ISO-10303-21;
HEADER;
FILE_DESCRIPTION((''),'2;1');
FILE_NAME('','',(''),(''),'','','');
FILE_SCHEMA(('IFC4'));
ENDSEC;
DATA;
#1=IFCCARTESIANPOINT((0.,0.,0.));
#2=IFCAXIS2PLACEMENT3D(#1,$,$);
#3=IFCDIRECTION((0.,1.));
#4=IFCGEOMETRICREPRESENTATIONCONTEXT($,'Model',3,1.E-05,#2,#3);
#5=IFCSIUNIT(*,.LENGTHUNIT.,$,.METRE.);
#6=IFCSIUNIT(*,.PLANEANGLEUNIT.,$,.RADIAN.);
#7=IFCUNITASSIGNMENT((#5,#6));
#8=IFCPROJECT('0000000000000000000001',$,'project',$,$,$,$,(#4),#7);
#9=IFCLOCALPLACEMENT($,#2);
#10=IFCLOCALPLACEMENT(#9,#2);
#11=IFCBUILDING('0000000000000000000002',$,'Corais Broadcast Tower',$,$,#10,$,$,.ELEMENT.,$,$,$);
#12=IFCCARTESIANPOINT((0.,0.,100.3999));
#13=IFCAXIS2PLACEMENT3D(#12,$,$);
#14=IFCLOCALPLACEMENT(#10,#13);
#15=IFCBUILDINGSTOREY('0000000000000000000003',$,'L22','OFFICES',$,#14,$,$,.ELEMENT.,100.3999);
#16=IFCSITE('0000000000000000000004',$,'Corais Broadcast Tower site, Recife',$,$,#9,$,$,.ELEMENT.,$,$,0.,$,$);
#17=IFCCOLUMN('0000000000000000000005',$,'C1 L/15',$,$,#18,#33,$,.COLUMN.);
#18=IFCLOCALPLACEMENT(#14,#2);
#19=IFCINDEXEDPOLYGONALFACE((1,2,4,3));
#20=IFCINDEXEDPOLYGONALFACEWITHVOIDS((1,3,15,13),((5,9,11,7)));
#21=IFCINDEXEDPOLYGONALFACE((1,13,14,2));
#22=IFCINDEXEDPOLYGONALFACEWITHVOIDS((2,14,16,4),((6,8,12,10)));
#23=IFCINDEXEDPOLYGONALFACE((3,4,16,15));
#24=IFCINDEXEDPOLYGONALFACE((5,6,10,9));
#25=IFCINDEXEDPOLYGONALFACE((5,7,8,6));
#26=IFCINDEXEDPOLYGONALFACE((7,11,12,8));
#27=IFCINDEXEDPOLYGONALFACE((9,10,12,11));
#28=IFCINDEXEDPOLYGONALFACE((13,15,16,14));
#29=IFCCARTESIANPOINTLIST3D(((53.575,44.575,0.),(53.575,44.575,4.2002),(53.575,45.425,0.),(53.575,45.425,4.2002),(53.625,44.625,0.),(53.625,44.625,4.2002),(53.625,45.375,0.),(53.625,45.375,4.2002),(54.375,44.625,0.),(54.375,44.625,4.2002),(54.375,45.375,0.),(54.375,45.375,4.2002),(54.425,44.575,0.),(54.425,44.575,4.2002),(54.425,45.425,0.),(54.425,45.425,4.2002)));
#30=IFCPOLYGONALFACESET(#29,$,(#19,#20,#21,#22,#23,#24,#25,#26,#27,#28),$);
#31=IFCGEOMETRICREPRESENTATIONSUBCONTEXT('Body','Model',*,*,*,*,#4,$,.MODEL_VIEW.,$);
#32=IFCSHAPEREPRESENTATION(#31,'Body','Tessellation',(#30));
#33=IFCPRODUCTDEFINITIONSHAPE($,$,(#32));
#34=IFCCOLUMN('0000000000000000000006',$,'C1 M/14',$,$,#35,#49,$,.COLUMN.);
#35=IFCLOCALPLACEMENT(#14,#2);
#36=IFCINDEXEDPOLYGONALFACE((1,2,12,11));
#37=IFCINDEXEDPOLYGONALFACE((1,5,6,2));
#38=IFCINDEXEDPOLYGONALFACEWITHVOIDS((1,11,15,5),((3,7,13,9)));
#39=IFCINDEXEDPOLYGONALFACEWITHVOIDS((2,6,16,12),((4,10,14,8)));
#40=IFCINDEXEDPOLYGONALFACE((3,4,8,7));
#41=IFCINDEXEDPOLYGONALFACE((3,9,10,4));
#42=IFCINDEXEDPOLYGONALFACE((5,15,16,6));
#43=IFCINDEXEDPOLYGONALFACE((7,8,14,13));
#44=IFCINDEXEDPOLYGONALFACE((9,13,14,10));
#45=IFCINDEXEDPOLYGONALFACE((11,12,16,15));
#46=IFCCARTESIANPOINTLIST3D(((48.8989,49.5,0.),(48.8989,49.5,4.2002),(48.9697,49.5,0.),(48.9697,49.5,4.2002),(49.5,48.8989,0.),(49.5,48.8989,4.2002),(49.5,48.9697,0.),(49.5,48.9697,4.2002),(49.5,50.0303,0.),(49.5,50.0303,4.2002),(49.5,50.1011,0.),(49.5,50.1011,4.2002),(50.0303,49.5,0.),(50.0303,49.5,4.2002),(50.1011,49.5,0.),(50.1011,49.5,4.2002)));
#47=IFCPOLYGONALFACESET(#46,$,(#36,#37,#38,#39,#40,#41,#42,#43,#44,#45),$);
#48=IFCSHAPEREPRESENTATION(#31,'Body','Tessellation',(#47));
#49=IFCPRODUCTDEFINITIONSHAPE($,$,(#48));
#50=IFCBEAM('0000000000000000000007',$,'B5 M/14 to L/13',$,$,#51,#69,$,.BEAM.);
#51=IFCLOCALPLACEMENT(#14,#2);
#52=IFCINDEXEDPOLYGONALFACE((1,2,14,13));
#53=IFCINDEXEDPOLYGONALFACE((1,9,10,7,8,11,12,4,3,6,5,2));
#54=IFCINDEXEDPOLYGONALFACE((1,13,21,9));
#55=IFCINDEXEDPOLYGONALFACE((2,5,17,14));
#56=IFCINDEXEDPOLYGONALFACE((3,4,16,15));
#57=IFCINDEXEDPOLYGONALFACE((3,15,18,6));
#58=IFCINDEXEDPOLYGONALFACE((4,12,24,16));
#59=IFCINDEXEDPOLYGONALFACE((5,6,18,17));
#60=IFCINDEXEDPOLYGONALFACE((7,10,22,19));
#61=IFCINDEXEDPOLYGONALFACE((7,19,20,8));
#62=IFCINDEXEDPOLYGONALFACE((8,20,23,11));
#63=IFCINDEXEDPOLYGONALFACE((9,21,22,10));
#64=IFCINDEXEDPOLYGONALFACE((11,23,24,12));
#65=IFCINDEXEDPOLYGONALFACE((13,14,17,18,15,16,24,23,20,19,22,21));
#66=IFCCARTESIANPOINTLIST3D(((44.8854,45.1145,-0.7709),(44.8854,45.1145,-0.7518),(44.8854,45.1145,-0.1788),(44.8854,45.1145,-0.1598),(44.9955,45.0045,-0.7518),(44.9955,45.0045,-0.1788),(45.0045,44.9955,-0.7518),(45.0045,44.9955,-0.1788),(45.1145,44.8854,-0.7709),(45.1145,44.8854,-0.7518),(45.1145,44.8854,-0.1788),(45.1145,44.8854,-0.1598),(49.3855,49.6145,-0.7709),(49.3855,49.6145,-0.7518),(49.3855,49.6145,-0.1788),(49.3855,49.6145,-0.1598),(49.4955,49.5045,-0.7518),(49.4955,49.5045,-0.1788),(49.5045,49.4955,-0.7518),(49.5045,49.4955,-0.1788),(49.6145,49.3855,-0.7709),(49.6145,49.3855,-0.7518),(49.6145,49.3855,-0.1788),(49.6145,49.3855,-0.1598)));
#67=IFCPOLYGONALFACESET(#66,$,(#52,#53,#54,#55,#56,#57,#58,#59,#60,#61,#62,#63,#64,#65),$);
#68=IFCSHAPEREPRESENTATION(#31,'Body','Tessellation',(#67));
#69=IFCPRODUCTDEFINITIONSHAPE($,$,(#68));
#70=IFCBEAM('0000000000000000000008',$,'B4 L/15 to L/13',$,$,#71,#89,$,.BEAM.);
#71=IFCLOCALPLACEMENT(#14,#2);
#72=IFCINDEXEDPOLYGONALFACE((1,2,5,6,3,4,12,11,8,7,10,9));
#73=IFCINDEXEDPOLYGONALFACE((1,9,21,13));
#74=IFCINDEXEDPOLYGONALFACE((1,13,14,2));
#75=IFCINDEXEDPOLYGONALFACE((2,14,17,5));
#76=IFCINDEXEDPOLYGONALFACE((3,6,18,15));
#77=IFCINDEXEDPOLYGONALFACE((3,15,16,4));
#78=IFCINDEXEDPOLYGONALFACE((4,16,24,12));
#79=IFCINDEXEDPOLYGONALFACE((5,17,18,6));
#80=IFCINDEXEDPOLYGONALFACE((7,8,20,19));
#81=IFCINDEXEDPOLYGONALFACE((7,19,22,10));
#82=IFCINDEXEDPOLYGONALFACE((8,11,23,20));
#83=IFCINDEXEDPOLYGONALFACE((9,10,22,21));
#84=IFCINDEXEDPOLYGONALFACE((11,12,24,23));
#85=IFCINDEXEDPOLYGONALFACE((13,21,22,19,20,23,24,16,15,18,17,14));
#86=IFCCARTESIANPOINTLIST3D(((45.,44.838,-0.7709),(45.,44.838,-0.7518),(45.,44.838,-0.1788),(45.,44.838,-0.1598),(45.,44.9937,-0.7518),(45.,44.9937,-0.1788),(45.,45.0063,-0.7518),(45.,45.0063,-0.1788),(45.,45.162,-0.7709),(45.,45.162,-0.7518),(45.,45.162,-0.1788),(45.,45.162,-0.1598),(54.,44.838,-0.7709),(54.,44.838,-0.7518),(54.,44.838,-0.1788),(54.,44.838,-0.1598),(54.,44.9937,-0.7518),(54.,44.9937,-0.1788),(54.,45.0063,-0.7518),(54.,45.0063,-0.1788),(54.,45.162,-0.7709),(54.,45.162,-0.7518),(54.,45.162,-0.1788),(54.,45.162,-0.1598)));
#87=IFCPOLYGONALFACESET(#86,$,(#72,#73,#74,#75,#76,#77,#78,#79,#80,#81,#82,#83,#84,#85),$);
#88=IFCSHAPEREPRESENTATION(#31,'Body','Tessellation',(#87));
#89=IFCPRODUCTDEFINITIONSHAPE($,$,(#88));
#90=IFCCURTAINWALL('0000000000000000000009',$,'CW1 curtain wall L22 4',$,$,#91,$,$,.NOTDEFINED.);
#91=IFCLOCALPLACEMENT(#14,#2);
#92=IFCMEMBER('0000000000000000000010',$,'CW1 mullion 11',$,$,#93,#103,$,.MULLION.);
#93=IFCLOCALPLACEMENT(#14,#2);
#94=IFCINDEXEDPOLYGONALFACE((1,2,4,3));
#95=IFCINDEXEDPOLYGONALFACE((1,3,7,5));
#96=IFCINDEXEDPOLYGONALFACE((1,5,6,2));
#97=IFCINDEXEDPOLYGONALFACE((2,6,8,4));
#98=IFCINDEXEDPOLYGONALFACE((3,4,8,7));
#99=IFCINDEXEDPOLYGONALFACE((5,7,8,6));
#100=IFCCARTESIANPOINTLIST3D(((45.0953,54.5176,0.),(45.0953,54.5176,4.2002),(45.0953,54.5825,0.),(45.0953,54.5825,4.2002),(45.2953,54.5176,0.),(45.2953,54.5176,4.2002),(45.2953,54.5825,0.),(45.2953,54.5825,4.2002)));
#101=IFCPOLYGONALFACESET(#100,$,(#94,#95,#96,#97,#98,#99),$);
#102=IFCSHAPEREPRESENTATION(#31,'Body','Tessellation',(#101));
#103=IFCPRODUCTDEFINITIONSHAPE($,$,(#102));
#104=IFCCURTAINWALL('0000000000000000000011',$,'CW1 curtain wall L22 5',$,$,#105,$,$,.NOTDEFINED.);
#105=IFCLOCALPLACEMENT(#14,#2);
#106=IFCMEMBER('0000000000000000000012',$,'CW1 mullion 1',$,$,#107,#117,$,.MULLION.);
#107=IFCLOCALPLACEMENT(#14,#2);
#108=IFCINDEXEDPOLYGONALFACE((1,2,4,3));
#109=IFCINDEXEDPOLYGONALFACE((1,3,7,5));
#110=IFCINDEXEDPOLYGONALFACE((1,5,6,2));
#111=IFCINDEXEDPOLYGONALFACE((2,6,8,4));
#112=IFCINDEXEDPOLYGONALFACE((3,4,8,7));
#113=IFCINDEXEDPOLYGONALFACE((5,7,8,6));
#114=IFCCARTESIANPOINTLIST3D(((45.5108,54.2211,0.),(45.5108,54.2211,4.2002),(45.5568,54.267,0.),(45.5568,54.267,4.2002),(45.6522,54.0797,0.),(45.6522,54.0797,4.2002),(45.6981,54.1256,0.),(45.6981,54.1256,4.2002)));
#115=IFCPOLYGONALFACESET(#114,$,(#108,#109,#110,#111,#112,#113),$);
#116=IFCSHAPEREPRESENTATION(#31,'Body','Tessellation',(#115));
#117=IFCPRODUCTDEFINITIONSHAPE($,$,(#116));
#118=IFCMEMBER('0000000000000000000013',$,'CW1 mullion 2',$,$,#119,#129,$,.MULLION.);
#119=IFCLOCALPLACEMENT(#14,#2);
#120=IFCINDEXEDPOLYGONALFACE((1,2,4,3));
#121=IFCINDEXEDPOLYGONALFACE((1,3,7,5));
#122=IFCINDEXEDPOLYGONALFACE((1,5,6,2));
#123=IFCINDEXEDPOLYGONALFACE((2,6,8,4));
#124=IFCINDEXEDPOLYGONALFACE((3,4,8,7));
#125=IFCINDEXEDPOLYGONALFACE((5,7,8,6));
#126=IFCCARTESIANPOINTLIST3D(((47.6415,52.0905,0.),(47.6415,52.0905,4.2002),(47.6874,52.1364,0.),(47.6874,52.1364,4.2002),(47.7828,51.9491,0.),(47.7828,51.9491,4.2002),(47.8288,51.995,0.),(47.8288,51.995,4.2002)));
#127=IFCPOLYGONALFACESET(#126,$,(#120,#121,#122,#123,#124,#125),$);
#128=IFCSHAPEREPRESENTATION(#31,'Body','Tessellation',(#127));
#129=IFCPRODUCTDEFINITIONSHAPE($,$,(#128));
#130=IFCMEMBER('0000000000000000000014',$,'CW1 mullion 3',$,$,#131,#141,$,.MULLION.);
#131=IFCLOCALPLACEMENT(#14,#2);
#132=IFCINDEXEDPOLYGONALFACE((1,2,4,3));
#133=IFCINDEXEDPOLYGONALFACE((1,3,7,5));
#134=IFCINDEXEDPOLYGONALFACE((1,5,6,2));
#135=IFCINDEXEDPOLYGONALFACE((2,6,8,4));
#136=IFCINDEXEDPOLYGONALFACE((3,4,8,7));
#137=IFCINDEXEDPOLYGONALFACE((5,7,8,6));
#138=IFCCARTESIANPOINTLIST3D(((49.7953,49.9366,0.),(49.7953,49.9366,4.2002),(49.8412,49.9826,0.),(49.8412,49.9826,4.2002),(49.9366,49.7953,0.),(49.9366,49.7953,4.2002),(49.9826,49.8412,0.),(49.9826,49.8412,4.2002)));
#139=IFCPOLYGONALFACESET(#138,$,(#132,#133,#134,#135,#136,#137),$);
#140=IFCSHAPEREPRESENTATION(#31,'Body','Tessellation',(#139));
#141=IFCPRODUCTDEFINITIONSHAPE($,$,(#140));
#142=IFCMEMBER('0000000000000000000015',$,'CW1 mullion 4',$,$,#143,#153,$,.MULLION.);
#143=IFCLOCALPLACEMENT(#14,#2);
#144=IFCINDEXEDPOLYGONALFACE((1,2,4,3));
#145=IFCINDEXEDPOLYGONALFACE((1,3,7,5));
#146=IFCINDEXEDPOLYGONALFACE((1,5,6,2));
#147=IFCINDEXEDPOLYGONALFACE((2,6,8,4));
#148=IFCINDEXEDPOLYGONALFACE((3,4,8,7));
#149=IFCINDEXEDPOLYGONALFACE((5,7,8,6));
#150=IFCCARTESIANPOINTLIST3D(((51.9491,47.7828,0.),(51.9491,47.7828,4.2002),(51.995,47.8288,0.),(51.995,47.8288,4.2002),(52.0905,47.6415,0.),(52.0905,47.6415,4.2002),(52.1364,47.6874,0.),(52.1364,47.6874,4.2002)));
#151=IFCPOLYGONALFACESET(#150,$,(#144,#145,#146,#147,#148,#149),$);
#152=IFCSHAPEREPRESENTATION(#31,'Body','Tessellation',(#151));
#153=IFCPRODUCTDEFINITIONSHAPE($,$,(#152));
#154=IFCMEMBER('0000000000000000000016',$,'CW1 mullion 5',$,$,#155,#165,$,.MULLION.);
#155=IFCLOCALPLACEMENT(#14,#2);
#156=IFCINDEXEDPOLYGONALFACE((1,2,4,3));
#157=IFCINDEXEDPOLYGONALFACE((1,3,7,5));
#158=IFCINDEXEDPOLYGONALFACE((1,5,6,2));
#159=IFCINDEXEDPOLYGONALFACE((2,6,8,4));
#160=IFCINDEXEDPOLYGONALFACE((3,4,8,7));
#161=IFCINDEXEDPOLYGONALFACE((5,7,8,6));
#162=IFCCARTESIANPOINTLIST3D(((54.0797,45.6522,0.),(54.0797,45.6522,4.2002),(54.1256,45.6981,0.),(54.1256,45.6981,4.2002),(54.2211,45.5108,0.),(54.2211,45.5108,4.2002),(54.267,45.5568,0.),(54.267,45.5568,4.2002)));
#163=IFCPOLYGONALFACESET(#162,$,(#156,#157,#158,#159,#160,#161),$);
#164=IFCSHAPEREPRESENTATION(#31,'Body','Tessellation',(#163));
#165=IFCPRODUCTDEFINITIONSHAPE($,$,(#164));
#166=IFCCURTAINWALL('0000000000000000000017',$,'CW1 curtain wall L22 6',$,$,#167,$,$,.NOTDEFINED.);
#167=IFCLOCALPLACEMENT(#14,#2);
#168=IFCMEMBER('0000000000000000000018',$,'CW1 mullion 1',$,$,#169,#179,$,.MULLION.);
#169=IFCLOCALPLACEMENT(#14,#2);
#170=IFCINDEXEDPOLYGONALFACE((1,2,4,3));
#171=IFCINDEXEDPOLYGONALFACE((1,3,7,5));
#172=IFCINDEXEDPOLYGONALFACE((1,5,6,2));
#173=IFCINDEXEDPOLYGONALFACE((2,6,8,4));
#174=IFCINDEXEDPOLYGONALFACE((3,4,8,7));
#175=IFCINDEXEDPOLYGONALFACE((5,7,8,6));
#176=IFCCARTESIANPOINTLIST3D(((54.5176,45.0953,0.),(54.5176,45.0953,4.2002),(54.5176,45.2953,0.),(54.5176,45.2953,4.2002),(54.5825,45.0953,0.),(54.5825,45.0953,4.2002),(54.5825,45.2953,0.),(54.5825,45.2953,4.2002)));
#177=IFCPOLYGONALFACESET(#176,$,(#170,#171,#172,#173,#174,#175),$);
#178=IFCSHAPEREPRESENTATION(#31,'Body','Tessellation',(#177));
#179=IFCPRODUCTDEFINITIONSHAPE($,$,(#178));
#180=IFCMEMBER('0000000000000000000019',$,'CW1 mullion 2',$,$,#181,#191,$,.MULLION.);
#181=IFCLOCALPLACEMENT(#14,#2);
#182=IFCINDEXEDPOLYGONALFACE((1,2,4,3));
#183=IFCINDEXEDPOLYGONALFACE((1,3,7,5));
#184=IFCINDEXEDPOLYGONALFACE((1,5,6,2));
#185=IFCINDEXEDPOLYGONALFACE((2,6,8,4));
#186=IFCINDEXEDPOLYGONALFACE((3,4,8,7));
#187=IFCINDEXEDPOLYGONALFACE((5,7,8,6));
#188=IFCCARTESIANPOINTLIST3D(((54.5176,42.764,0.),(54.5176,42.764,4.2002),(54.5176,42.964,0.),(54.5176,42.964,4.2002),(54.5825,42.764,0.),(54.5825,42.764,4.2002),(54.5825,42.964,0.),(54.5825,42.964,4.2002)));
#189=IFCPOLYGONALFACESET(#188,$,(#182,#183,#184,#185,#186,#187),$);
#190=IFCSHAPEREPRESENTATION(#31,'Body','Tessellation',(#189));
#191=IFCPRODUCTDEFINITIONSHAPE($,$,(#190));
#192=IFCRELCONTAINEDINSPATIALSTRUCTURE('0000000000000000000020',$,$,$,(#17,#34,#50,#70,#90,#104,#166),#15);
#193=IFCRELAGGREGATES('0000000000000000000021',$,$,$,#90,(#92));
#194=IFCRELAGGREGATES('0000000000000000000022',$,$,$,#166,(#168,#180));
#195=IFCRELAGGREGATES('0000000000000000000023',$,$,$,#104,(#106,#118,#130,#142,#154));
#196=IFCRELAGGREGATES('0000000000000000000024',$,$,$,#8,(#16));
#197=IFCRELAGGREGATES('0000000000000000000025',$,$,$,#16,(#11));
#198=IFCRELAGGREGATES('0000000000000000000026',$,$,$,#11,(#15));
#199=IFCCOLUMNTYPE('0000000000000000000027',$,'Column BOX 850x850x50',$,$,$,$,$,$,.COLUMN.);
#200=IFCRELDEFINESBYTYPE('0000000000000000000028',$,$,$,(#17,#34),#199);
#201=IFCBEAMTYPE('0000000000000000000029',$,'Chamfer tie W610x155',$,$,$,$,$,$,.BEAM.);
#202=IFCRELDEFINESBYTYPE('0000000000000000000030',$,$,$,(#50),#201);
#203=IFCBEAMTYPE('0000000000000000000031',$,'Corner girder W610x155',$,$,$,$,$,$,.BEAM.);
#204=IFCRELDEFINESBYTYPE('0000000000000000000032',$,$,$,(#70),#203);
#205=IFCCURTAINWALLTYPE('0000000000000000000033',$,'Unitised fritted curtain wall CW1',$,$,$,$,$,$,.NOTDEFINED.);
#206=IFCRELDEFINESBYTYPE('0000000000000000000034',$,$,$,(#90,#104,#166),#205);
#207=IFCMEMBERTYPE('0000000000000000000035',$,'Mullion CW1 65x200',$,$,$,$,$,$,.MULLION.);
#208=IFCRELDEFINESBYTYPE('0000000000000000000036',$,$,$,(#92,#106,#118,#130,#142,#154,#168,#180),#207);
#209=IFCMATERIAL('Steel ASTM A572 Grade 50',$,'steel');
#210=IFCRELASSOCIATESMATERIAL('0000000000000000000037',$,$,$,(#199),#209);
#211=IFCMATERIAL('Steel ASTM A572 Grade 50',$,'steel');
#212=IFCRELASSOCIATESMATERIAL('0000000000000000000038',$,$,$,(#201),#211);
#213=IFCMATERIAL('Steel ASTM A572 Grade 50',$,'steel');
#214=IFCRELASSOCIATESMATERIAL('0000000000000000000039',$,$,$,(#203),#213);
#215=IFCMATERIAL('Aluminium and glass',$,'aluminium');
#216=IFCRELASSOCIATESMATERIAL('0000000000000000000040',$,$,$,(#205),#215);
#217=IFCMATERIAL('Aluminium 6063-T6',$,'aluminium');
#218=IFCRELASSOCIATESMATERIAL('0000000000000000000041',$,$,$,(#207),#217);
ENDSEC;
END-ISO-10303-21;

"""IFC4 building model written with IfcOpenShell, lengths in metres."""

from ifc_helpers import new_model, si_unit, direction, frame, origin, origin_2d, place, context, subcontext, project, spatial, rectangle, hollow_rectangle, i_section, extrude, material, material_profile, profile_set, type_object, element, aggregate, save


model = new_model("IFC4")

# Units and contexts
model_context = context("Model", 3, precision=1e-05, world=origin(), true_north=direction((0.0, 1.0)))
body_context = subcontext(model_context, "Body", "Model", "MODEL_VIEW")
ifc_project = project(units=[si_unit("LENGTHUNIT", "METRE"), si_unit("PLANEANGLEUNIT", "RADIAN")], contexts=[model_context])

# Site, building, storey
site_placement = place(None, origin())
site = spatial("IfcSite", under=ifc_project, at=site_placement, Name="Corais Broadcast Tower site, Recife", CompositionType="ELEMENT", RefElevation=0.0)
building_placement = place(site_placement, origin())
building = spatial("IfcBuilding", under=site, at=building_placement, Name="Corais Broadcast Tower", CompositionType="ELEMENT")
storey_placement = place(building_placement, frame((0.0, 0.0, 100.3999)))
storey = spatial("IfcBuildingStorey", under=building, at=storey_placement, Name="L22", Description="OFFICES", CompositionType="ELEMENT", Elevation=100.3999)

# Columns
ifc_material_1 = material(Name="Steel ASTM A572 Grade 50", Category="steel")
ifc_material_profile_1 = material_profile(ifc_material_1, hollow_rectangle(XDim=0.8501, YDim=0.8501, WallThickness=0.05, at=origin_2d()), Name="BOX 850x850x50")
ifc_profile_set_1 = profile_set([ifc_material_profile_1], Name="Steel ASTM A572 Grade 50")
column_type = type_object("IfcColumnType", Name="Column BOX 850x850x50", PredefinedType="COLUMN", material=ifc_profile_set_1)
for number, where, z_axis, x_axis, name in (
    (1, (54.0, 45.0, 0.0), (0.0, 0.0, 1.0), (1.0, 0.0, 0.0), "C1 L/15"),
    (2, (49.5, 49.5, 0.0), (0.0, 0.0, 1.0), (0.707107, 0.707107, 0.0), "C1 M/14"),
):
    element("IfcColumn", number, at=place(storey_placement, frame(where, z_axis=z_axis, x_axis=x_axis)), inside=storey, type_object=column_type, Name=name, PredefinedType="COLUMN", context=body_context, shape_type="SweptSolid", body=[
        extrude(hollow_rectangle(XDim=0.8501, YDim=0.8501, WallThickness=0.05, at=origin_2d()), origin(), (0.0, 0.0, 1.0), 4.2002),
    ])

# Beams
ifc_material_2 = material(Name="Steel ASTM A572 Grade 50", Category="steel")
ifc_material_profile_2 = material_profile(ifc_material_2, i_section(OverallWidth=0.324, OverallDepth=0.6111, WebThickness=0.0127, FlangeThickness=0.019, at=origin_2d()), Name="W610x155")
ifc_profile_set_2 = profile_set([ifc_material_profile_2], Name="Steel ASTM A572 Grade 50")
beam_type_1 = type_object("IfcBeamType", Name="Chamfer tie W610x155", PredefinedType="BEAM", material=ifc_profile_set_2)
beam_1_placement = place(storey_placement, frame((49.5, 49.5, -0.4653), z_axis=(-0.707107, -0.707107, 0.0), x_axis=(0.707107, -0.707107, 0.0)))
element("IfcBeam", 3, at=beam_1_placement, inside=storey, type_object=beam_type_1, Name="B5 M/14 to L/13", PredefinedType="BEAM", context=body_context, shape_type="SweptSolid", body=[
    extrude(i_section(OverallWidth=0.324, OverallDepth=0.6111, WebThickness=0.0127, FlangeThickness=0.019, at=origin_2d()), origin(), (0.0, 0.0, 1.0), 6.364),
])
ifc_material_3 = material(Name="Steel ASTM A572 Grade 50", Category="steel")
ifc_material_profile_3 = material_profile(ifc_material_3, i_section(OverallWidth=0.324, OverallDepth=0.6111, WebThickness=0.0127, FlangeThickness=0.019, at=origin_2d()), Name="W610x155")
ifc_profile_set_3 = profile_set([ifc_material_profile_3], Name="Steel ASTM A572 Grade 50")
beam_type_2 = type_object("IfcBeamType", Name="Corner girder W610x155", PredefinedType="BEAM", material=ifc_profile_set_3)
beam_2_placement = place(storey_placement, frame((54.0, 45.0, -0.4653), z_axis=(-1.0, 0.0, 0.0), x_axis=(0.0, -1.0, 0.0)))
element("IfcBeam", 4, at=beam_2_placement, inside=storey, type_object=beam_type_2, Name="B4 L/15 to L/13", PredefinedType="BEAM", context=body_context, shape_type="SweptSolid", body=[
    extrude(i_section(OverallWidth=0.324, OverallDepth=0.6111, WebThickness=0.0127, FlangeThickness=0.019, at=origin_2d()), origin(), (0.0, 0.0, 1.0), 9.0),
])

# Curtain wall, member
ifc_material_4 = material(Name="Aluminium and glass", Category="aluminium")
curtain_wall_type = type_object("IfcCurtainWallType", Name="Unitised fritted curtain wall CW1", PredefinedType="NOTDEFINED", material=ifc_material_4)
curtain_wall_1_placement = place(storey_placement, origin())
curtain_wall_1 = element("IfcCurtainWall", 5, at=curtain_wall_1_placement, inside=storey, type_object=curtain_wall_type, Name="CW1 curtain wall L22 4", PredefinedType="NOTDEFINED")
ifc_material_5 = material(Name="Aluminium 6063-T6", Category="aluminium")
ifc_material_profile_4 = material_profile(ifc_material_5, rectangle(XDim=0.0649, YDim=0.2, at=origin_2d()), Name="Mullion CW1 65x200")
ifc_profile_set_4 = profile_set([ifc_material_profile_4], Name="Aluminium 6063-T6")
member_type_1 = type_object("IfcMemberType", Name="Mullion CW1 65x200", PredefinedType="MULLION", material=ifc_profile_set_4)
member_1_placement = place(storey_placement, frame((45.1953, 54.55, 0.0), z_axis=(0.0, 0.0, 1.0), x_axis=(0.0, 1.0, 0.0)))
member_1 = element("IfcMember", 6, at=member_1_placement, type_object=member_type_1, Name="CW1 mullion 11", PredefinedType="MULLION", context=body_context, shape_type="SweptSolid", body=[
    extrude(rectangle(XDim=0.0649, YDim=0.2, at=origin_2d()), origin(), (0.0, 0.0, 1.0), 4.2002),
])
aggregate(curtain_wall_1, [member_1])

# Curtain walls, members
curtain_wall_2_placement = place(storey_placement, origin())
curtain_wall_2 = element("IfcCurtainWall", 7, at=curtain_wall_2_placement, inside=storey, type_object=curtain_wall_type, Name="CW1 curtain wall L22 5", PredefinedType="NOTDEFINED")
member_2_placement = place(storey_placement, frame((45.6045, 54.1733, 0.0), z_axis=(0.0, 0.0, 1.0), x_axis=(0.707107, 0.707107, 0.0)))
member_2 = element("IfcMember", 8, at=member_2_placement, type_object=member_type_1, Name="CW1 mullion 1", PredefinedType="MULLION", context=body_context, shape_type="SweptSolid", body=[
    extrude(rectangle(XDim=0.0649, YDim=0.2, at=origin_2d()), origin(), (0.0, 0.0, 1.0), 4.2002),
])
member_3_placement = place(storey_placement, frame((47.7351, 52.0427, 0.0), z_axis=(0.0, 0.0, 1.0), x_axis=(0.707107, 0.707107, 0.0)))
member_3 = element("IfcMember", 9, at=member_3_placement, type_object=member_type_1, Name="CW1 mullion 2", PredefinedType="MULLION", context=body_context, shape_type="SweptSolid", body=[
    extrude(rectangle(XDim=0.0649, YDim=0.2, at=origin_2d()), origin(), (0.0, 0.0, 1.0), 4.2002),
])
member_4_placement = place(storey_placement, frame((49.8889, 49.8889, 0.0), z_axis=(0.0, 0.0, 1.0), x_axis=(0.707107, 0.707107, 0.0)))
member_4 = element("IfcMember", 10, at=member_4_placement, type_object=member_type_1, Name="CW1 mullion 3", PredefinedType="MULLION", context=body_context, shape_type="SweptSolid", body=[
    extrude(rectangle(XDim=0.0649, YDim=0.2, at=origin_2d()), origin(), (0.0, 0.0, 1.0), 4.2002),
])
member_5_placement = place(storey_placement, frame((52.0427, 47.7351, 0.0), z_axis=(0.0, 0.0, 1.0), x_axis=(0.707107, 0.707107, 0.0)))
member_5 = element("IfcMember", 11, at=member_5_placement, type_object=member_type_1, Name="CW1 mullion 4", PredefinedType="MULLION", context=body_context, shape_type="SweptSolid", body=[
    extrude(rectangle(XDim=0.0649, YDim=0.2, at=origin_2d()), origin(), (0.0, 0.0, 1.0), 4.2002),
])
member_6_placement = place(storey_placement, frame((54.1733, 45.6045, 0.0), z_axis=(0.0, 0.0, 1.0), x_axis=(0.707107, 0.707107, 0.0)))
member_6 = element("IfcMember", 12, at=member_6_placement, type_object=member_type_1, Name="CW1 mullion 5", PredefinedType="MULLION", context=body_context, shape_type="SweptSolid", body=[
    extrude(rectangle(XDim=0.0649, YDim=0.2, at=origin_2d()), origin(), (0.0, 0.0, 1.0), 4.2002),
])
curtain_wall_3_placement = place(storey_placement, origin())
curtain_wall_3 = element("IfcCurtainWall", 13, at=curtain_wall_3_placement, inside=storey, type_object=curtain_wall_type, Name="CW1 curtain wall L22 6", PredefinedType="NOTDEFINED")
member_7_placement = place(storey_placement, frame((54.55, 45.1953, 0.0), z_axis=(0.0, 0.0, 1.0), x_axis=(1.0, 0.0, 0.0)))
member_7 = element("IfcMember", 14, at=member_7_placement, type_object=member_type_1, Name="CW1 mullion 1", PredefinedType="MULLION", context=body_context, shape_type="SweptSolid", body=[
    extrude(rectangle(XDim=0.0649, YDim=0.2, at=origin_2d()), origin(), (0.0, 0.0, 1.0), 4.2002),
])
member_8_placement = place(storey_placement, frame((54.55, 42.864, 0.0), z_axis=(0.0, 0.0, 1.0), x_axis=(1.0, 0.0, 0.0)))
member_8 = element("IfcMember", 15, at=member_8_placement, type_object=member_type_1, Name="CW1 mullion 2", PredefinedType="MULLION", context=body_context, shape_type="SweptSolid", body=[
    extrude(rectangle(XDim=0.0649, YDim=0.2, at=origin_2d()), origin(), (0.0, 0.0, 1.0), 4.2002),
])

aggregate(curtain_wall_3, [member_7, member_8])
aggregate(curtain_wall_2, [member_2, member_3, member_4, member_5, member_6])

save(model, "model.ifc")
